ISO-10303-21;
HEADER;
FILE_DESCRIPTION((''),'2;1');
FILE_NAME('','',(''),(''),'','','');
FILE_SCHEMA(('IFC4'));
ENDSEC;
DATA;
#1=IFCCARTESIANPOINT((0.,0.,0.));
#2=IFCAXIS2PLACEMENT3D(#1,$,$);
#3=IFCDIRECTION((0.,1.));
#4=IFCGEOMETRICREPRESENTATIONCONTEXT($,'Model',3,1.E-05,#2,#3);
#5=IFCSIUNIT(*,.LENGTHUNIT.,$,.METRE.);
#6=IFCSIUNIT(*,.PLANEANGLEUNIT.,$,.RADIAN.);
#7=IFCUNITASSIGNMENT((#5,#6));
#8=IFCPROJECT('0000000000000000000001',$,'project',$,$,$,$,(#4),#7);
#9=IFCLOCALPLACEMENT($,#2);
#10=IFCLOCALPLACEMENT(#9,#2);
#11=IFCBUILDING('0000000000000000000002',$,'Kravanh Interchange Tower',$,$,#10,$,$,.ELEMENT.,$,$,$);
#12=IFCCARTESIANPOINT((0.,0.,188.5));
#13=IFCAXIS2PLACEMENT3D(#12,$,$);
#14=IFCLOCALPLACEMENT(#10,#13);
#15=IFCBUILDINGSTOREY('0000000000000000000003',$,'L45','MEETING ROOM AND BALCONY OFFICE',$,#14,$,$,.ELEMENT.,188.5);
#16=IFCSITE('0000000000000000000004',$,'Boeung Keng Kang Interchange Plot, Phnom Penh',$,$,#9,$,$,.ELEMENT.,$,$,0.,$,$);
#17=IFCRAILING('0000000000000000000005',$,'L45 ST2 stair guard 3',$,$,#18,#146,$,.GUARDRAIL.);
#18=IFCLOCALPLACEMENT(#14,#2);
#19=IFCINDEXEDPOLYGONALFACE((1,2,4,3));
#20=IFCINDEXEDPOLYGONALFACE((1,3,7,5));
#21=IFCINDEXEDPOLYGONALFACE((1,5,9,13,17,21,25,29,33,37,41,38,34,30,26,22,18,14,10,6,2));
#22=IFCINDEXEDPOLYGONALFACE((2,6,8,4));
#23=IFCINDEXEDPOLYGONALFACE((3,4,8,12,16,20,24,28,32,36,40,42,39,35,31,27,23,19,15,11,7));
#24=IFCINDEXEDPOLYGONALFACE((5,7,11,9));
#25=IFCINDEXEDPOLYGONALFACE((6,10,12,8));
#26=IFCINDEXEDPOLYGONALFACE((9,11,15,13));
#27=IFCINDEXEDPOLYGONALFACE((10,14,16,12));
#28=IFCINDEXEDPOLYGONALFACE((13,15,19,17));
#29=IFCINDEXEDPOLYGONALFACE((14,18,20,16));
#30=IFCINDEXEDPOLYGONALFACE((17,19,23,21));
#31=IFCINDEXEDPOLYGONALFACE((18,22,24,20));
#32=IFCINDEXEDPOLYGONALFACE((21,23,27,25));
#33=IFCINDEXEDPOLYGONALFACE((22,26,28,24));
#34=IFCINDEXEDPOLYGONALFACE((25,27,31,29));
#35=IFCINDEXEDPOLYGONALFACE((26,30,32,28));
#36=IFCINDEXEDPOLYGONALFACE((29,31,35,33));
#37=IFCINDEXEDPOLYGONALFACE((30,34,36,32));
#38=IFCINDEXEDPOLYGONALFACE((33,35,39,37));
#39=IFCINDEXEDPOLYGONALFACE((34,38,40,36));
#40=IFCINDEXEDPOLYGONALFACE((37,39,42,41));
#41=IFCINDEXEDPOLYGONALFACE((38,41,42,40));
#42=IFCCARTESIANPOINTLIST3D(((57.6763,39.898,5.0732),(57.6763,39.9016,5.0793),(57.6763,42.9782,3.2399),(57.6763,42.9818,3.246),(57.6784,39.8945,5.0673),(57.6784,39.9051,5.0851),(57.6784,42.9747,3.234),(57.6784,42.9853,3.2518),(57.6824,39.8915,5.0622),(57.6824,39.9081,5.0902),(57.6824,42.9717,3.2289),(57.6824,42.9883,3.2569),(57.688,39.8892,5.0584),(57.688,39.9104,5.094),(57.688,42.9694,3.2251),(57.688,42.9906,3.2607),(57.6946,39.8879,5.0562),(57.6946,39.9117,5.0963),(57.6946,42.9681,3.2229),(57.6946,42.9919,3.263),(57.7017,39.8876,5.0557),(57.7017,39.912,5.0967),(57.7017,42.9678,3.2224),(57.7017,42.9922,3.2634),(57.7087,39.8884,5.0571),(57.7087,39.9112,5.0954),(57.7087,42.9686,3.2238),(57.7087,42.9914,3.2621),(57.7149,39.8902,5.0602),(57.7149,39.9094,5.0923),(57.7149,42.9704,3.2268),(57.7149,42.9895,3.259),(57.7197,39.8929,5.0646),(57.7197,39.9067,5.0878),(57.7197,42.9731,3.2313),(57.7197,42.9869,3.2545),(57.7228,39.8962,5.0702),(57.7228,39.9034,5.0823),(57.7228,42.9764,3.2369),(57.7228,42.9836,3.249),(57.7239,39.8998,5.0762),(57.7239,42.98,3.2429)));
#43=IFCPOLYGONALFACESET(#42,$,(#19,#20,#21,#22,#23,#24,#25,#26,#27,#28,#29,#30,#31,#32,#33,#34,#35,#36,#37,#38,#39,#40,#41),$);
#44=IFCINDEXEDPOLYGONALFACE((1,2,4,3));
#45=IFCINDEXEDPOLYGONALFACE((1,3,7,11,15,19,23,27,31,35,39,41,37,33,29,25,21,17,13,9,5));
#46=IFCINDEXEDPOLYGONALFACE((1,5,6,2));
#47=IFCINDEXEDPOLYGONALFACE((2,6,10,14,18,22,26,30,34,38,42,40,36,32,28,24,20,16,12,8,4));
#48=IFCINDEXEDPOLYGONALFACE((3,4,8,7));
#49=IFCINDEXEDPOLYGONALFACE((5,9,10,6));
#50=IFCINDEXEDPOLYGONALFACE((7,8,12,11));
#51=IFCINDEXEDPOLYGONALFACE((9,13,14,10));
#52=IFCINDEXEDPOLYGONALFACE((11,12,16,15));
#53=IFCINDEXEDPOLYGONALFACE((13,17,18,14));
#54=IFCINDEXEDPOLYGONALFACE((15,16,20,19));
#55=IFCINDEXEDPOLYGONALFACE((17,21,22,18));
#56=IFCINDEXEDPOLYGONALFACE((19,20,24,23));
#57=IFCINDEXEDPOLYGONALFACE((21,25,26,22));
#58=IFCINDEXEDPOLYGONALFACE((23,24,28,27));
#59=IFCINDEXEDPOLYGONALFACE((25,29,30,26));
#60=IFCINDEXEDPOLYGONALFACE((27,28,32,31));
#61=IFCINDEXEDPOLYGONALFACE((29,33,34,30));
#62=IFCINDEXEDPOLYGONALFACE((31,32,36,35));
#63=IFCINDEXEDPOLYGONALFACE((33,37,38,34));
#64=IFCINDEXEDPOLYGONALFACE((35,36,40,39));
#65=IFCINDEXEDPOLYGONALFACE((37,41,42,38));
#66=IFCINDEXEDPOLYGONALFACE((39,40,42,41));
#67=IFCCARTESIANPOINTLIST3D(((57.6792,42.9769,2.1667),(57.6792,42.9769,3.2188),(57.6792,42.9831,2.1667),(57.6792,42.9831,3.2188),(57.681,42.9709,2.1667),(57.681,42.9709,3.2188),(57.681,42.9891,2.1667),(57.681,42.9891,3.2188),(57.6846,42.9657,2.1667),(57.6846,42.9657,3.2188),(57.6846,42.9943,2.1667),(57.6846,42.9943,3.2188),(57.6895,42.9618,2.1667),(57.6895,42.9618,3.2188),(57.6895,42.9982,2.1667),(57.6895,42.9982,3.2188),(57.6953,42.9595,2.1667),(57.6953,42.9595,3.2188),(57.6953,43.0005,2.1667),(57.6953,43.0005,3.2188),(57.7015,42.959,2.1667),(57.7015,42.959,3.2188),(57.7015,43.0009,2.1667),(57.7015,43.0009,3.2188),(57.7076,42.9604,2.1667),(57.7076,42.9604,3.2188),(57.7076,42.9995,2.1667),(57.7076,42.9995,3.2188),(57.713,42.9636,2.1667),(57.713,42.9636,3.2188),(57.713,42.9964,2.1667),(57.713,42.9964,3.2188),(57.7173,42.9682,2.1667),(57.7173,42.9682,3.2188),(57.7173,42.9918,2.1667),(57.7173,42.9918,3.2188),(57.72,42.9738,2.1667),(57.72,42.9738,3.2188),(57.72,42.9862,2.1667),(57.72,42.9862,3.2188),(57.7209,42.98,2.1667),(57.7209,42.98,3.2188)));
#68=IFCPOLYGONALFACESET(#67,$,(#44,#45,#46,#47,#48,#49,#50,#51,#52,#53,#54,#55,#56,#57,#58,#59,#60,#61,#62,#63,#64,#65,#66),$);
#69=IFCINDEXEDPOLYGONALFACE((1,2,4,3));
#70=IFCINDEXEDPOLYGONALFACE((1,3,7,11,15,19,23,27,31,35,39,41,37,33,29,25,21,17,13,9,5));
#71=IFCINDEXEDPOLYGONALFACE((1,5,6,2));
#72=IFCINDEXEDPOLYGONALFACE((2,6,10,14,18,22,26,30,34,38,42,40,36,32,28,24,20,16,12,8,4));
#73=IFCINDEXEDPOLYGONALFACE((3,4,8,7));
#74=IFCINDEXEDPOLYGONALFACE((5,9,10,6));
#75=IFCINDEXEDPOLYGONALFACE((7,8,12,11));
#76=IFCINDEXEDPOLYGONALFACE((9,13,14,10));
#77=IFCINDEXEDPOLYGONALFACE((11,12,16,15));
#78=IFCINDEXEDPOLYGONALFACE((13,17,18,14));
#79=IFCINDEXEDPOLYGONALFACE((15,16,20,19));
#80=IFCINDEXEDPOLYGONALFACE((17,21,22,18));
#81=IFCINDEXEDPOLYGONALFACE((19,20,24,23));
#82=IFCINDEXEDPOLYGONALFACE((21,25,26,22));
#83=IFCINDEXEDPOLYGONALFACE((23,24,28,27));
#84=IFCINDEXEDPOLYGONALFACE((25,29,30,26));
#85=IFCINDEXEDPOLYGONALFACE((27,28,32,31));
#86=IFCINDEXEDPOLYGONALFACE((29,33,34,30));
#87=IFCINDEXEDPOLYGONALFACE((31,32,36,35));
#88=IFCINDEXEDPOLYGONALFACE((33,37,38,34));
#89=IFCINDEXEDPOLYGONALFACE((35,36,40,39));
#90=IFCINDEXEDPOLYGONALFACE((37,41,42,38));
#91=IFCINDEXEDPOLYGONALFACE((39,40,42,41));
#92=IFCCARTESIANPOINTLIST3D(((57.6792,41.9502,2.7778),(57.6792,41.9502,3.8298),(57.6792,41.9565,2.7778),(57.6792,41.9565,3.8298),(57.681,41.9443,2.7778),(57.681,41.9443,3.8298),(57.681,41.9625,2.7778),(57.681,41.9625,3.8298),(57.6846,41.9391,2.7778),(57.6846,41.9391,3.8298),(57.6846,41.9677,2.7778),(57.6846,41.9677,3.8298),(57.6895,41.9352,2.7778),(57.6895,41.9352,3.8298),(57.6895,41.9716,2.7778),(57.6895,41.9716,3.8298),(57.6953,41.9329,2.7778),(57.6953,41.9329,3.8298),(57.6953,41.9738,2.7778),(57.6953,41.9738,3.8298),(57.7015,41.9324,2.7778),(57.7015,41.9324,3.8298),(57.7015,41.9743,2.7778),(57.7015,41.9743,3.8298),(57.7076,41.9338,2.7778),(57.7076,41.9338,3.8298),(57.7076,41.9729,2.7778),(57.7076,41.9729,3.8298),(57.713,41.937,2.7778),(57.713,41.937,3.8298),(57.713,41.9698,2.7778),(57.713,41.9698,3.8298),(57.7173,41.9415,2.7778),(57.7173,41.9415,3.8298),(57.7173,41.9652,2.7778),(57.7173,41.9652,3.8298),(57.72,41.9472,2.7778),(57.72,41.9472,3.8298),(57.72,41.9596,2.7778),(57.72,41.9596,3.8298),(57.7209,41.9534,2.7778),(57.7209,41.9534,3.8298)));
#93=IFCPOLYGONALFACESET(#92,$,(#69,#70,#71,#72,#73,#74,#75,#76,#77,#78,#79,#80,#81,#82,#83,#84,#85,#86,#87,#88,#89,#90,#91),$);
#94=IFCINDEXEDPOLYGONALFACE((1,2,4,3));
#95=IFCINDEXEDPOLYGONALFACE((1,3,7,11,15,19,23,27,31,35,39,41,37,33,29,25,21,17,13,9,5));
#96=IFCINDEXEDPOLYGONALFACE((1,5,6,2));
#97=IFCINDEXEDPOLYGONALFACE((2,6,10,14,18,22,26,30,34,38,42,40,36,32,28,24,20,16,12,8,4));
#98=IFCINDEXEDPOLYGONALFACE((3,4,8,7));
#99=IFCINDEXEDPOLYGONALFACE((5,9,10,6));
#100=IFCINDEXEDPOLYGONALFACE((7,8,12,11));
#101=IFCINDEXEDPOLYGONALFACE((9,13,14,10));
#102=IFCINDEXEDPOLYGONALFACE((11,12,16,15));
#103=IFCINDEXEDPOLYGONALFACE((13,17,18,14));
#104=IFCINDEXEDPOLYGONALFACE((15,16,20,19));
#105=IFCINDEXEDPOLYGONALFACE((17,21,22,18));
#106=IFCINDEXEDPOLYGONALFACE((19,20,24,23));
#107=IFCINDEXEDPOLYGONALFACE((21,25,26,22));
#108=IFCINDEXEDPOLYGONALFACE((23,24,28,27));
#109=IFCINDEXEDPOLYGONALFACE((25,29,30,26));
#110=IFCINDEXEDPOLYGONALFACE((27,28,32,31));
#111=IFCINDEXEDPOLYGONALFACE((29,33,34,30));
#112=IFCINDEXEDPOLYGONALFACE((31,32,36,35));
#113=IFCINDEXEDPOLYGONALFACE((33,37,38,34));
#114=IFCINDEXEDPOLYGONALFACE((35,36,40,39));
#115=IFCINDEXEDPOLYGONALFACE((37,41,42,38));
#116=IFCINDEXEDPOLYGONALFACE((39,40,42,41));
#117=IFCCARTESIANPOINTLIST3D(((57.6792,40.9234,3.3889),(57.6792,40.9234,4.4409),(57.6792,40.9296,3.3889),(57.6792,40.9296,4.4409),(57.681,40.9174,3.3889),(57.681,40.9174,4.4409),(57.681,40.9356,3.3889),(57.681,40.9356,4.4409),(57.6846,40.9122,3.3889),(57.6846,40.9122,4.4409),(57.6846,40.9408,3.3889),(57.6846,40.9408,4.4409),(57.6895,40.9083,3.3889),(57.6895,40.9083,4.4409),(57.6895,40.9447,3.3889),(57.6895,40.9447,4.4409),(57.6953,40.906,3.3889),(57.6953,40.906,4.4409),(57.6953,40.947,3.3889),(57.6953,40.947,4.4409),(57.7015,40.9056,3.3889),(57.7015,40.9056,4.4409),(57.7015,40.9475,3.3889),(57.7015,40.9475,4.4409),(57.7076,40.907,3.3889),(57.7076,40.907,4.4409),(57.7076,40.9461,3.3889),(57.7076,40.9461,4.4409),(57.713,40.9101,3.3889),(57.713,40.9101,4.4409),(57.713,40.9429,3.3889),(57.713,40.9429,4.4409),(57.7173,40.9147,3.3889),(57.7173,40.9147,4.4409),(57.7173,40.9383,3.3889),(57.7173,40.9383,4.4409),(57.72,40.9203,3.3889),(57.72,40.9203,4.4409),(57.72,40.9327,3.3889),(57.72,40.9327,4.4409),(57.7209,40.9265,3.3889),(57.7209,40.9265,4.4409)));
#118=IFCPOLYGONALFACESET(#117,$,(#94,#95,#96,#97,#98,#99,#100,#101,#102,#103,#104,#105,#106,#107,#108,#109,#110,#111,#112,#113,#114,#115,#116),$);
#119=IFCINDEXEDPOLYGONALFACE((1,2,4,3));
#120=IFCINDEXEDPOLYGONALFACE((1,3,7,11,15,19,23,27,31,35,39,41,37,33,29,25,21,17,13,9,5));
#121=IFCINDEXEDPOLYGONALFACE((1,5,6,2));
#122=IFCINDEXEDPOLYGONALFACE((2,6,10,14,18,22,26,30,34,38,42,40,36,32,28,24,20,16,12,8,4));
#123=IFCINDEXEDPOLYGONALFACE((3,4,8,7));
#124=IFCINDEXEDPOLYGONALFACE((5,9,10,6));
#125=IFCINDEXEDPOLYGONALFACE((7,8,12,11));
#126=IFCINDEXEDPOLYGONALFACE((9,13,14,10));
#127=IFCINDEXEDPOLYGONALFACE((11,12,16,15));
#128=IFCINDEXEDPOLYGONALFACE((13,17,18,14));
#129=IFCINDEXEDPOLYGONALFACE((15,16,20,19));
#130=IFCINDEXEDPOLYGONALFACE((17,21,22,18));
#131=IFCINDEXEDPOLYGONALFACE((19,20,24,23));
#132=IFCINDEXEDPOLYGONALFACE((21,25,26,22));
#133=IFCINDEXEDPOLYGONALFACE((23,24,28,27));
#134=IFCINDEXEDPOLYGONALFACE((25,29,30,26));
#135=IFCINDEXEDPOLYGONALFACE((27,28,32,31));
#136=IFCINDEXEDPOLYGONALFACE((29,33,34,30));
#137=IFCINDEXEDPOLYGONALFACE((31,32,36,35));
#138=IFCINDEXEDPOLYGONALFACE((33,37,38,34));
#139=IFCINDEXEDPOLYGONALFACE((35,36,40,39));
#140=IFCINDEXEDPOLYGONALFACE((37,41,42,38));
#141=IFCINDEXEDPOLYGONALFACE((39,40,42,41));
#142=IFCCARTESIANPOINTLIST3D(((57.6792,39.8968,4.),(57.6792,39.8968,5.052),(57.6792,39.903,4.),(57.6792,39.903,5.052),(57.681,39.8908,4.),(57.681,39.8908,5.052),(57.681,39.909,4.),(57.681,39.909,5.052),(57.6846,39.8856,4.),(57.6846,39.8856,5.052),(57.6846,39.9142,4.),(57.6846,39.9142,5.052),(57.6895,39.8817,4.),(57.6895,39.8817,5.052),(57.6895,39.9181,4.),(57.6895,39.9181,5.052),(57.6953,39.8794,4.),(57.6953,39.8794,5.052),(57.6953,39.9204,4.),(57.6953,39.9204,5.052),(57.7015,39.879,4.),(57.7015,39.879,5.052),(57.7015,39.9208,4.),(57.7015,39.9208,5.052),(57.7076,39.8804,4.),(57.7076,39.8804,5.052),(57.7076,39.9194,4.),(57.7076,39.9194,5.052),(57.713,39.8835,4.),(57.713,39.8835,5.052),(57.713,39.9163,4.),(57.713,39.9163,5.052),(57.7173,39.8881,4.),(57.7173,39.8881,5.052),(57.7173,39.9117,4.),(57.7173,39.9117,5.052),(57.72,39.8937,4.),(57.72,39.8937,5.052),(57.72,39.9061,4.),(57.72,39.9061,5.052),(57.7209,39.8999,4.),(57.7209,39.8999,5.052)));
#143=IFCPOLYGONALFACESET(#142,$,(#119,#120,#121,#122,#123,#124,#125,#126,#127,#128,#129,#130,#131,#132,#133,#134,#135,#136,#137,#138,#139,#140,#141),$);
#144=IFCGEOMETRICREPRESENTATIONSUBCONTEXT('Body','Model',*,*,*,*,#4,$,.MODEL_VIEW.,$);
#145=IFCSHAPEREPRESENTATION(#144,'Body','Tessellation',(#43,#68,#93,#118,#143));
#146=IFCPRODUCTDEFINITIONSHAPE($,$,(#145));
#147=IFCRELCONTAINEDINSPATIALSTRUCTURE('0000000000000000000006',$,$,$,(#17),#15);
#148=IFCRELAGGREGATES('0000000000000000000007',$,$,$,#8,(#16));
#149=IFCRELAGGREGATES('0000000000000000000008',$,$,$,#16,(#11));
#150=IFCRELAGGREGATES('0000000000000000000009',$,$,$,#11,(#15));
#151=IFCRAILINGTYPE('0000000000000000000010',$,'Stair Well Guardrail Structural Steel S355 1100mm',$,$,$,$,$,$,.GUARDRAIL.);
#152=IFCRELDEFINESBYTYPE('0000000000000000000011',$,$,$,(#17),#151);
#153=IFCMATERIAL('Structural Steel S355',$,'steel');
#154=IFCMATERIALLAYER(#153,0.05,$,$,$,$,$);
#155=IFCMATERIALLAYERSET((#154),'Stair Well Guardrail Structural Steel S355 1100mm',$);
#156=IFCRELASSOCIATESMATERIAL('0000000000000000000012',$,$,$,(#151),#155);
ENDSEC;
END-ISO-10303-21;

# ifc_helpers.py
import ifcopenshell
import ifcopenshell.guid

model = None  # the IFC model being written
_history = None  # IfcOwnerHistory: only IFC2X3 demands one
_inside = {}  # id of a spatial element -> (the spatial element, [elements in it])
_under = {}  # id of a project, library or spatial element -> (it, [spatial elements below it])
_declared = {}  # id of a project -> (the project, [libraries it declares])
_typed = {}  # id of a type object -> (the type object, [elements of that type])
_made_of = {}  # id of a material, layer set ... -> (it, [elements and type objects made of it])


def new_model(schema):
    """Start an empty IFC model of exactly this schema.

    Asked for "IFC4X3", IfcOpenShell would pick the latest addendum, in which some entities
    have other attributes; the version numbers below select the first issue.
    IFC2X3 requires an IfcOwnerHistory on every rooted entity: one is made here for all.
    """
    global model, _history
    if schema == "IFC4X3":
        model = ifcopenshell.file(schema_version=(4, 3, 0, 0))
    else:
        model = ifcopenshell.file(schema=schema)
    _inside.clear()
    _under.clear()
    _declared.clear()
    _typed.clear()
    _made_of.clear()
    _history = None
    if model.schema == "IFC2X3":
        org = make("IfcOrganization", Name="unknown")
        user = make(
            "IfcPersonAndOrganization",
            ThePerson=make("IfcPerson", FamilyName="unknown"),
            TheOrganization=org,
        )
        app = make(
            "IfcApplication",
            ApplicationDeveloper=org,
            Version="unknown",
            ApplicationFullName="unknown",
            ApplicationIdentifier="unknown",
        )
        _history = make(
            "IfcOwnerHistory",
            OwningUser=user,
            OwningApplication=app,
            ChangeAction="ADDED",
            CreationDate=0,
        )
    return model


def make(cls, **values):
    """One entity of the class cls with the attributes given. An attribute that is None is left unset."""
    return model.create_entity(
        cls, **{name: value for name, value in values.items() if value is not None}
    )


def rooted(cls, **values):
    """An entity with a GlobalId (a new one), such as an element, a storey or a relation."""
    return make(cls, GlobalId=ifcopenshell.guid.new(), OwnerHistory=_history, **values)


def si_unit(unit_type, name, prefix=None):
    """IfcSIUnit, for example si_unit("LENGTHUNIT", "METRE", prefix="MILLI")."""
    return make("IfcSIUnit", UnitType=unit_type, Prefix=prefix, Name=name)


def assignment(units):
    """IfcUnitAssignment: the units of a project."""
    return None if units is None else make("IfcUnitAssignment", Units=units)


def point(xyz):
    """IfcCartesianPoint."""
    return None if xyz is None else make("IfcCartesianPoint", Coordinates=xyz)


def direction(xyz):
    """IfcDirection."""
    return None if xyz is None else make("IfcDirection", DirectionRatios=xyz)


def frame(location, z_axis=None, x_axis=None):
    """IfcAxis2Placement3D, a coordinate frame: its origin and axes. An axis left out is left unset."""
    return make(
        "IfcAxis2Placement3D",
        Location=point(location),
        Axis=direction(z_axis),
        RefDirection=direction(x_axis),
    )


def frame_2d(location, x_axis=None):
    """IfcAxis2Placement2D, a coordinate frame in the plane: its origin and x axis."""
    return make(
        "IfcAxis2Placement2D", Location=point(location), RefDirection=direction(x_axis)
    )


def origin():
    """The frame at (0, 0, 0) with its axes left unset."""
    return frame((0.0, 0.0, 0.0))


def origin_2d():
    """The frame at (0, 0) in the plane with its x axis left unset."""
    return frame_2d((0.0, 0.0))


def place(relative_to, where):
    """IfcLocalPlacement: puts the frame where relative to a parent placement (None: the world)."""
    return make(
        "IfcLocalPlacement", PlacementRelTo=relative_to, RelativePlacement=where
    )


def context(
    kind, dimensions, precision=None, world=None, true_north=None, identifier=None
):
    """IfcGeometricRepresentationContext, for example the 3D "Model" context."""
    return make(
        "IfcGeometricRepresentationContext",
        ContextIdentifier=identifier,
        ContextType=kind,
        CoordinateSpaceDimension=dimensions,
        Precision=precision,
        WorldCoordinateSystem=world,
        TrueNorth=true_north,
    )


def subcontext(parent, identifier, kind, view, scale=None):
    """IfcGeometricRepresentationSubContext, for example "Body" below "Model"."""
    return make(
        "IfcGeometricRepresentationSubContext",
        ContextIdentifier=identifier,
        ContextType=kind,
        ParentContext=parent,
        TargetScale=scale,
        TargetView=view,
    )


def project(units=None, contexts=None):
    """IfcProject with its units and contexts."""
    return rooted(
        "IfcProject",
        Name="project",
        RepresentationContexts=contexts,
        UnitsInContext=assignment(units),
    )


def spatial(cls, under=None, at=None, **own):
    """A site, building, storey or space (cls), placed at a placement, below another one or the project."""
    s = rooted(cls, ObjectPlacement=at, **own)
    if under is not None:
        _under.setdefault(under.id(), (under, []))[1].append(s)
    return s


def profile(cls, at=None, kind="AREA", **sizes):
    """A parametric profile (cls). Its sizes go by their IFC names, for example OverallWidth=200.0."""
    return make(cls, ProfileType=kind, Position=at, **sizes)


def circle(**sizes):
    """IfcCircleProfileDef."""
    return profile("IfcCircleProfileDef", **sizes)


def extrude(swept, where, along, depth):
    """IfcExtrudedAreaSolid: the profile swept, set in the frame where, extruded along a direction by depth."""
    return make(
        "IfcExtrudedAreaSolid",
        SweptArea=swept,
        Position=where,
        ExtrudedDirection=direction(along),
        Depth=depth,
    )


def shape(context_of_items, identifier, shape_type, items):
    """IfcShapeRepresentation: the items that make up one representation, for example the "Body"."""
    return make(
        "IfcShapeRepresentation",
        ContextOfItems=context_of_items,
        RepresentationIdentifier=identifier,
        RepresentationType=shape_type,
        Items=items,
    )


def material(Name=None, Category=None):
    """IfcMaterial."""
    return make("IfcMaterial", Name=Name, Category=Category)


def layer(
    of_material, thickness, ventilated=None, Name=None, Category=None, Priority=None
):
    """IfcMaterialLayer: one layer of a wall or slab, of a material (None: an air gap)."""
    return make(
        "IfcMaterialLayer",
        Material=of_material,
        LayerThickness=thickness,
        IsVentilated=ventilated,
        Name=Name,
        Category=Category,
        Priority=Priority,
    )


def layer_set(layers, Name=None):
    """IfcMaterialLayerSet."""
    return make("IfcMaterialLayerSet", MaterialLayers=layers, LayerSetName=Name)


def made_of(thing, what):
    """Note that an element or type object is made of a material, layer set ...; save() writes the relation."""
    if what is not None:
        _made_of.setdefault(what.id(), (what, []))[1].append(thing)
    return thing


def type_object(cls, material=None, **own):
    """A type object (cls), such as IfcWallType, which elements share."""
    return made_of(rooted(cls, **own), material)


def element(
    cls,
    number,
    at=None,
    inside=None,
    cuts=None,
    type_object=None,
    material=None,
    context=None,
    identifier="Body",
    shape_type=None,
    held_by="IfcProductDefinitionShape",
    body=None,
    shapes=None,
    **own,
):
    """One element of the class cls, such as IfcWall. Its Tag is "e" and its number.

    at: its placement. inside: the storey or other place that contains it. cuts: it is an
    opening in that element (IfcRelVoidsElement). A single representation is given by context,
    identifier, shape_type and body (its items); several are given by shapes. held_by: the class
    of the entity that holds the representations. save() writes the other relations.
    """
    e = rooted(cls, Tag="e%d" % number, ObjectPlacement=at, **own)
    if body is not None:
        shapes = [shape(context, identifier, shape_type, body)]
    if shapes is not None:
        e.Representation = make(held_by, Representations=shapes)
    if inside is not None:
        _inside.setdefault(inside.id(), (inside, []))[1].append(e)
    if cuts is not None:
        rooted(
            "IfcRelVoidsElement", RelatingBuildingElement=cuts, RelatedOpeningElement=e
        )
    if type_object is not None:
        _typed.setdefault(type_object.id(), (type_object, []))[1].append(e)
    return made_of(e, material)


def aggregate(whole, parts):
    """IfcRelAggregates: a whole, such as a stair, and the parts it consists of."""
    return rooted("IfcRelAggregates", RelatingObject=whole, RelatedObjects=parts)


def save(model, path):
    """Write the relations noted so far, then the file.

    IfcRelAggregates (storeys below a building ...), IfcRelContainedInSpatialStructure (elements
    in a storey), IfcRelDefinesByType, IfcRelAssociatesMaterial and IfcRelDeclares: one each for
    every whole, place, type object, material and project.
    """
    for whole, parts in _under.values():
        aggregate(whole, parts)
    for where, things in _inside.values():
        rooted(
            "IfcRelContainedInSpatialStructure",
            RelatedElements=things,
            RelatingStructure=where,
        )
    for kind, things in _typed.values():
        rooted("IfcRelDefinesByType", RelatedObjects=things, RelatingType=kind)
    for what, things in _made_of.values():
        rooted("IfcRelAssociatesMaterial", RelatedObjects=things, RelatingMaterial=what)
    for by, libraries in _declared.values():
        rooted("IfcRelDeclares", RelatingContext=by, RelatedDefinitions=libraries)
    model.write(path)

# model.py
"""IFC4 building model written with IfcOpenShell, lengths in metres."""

from ifc_helpers import new_model, si_unit, direction, frame, origin, origin_2d, place, context, subcontext, project, spatial, circle, extrude, material, layer, layer_set, type_object, element, save


model = new_model("IFC4")

# Units and contexts
model_context = context("Model", 3, precision=1e-05, world=origin(), true_north=direction((0.0, 1.0)))
body_context = subcontext(model_context, "Body", "Model", "MODEL_VIEW")
ifc_project = project(units=[si_unit("LENGTHUNIT", "METRE"), si_unit("PLANEANGLEUNIT", "RADIAN")], contexts=[model_context])

# Site, building, storey
site_placement = place(None, origin())
site = spatial("IfcSite", under=ifc_project, at=site_placement, Name="Boeung Keng Kang Interchange Plot, Phnom Penh", CompositionType="ELEMENT", RefElevation=0.0)
building_placement = place(site_placement, origin())
building = spatial("IfcBuilding", under=site, at=building_placement, Name="Kravanh Interchange Tower", CompositionType="ELEMENT")
storey_placement = place(building_placement, frame((0.0, 0.0, 188.5)))
storey = spatial("IfcBuildingStorey", under=building, at=storey_placement, Name="L45", Description="MEETING ROOM AND BALCONY OFFICE", CompositionType="ELEMENT", Elevation=188.5)

# Railing
ifc_material_1 = material(Name="Structural Steel S355", Category="steel")
ifc_layer_1 = layer(ifc_material_1, 0.05)
ifc_layer_set_1 = layer_set([ifc_layer_1], Name="Stair Well Guardrail Structural Steel S355 1100mm")
railing_type_1 = type_object("IfcRailingType", Name="Stair Well Guardrail Structural Steel S355 1100mm", PredefinedType="GUARDRAIL", material=ifc_layer_set_1)
railing_1_placement = place(storey_placement, frame((57.7, 42.98, 2.1667)))
element("IfcRailing", 1, at=railing_1_placement, inside=storey, type_object=railing_type_1, Name="L45 ST2 stair guard 3", PredefinedType="GUARDRAIL", context=body_context, shape_type="SweptSolid", body=[
    extrude(circle(Radius=0.0239, at=origin_2d()), frame((0.0, 0.0, 1.0762), z_axis=(0.0, -0.859309, 0.511458), x_axis=(1.0, 0.0, 0.0)), (0.0, 0.0, 1.0), 3.5845),
    extrude(circle(Radius=0.021, at=origin_2d()), origin(), (0.0, 0.0, 1.0), 1.052),
    extrude(circle(Radius=0.021, at=origin_2d()), frame((0.0, -1.0266, 0.6111)), (0.0, 0.0, 1.0), 1.052),
    extrude(circle(Radius=0.021, at=origin_2d()), frame((0.0, -2.0535, 1.2222)), (0.0, 0.0, 1.0), 1.052),
    extrude(circle(Radius=0.021, at=origin_2d()), frame((0.0, -3.0801, 1.8333)), (0.0, 0.0, 1.0), 1.052),
])

save(model, "model.ifc")
